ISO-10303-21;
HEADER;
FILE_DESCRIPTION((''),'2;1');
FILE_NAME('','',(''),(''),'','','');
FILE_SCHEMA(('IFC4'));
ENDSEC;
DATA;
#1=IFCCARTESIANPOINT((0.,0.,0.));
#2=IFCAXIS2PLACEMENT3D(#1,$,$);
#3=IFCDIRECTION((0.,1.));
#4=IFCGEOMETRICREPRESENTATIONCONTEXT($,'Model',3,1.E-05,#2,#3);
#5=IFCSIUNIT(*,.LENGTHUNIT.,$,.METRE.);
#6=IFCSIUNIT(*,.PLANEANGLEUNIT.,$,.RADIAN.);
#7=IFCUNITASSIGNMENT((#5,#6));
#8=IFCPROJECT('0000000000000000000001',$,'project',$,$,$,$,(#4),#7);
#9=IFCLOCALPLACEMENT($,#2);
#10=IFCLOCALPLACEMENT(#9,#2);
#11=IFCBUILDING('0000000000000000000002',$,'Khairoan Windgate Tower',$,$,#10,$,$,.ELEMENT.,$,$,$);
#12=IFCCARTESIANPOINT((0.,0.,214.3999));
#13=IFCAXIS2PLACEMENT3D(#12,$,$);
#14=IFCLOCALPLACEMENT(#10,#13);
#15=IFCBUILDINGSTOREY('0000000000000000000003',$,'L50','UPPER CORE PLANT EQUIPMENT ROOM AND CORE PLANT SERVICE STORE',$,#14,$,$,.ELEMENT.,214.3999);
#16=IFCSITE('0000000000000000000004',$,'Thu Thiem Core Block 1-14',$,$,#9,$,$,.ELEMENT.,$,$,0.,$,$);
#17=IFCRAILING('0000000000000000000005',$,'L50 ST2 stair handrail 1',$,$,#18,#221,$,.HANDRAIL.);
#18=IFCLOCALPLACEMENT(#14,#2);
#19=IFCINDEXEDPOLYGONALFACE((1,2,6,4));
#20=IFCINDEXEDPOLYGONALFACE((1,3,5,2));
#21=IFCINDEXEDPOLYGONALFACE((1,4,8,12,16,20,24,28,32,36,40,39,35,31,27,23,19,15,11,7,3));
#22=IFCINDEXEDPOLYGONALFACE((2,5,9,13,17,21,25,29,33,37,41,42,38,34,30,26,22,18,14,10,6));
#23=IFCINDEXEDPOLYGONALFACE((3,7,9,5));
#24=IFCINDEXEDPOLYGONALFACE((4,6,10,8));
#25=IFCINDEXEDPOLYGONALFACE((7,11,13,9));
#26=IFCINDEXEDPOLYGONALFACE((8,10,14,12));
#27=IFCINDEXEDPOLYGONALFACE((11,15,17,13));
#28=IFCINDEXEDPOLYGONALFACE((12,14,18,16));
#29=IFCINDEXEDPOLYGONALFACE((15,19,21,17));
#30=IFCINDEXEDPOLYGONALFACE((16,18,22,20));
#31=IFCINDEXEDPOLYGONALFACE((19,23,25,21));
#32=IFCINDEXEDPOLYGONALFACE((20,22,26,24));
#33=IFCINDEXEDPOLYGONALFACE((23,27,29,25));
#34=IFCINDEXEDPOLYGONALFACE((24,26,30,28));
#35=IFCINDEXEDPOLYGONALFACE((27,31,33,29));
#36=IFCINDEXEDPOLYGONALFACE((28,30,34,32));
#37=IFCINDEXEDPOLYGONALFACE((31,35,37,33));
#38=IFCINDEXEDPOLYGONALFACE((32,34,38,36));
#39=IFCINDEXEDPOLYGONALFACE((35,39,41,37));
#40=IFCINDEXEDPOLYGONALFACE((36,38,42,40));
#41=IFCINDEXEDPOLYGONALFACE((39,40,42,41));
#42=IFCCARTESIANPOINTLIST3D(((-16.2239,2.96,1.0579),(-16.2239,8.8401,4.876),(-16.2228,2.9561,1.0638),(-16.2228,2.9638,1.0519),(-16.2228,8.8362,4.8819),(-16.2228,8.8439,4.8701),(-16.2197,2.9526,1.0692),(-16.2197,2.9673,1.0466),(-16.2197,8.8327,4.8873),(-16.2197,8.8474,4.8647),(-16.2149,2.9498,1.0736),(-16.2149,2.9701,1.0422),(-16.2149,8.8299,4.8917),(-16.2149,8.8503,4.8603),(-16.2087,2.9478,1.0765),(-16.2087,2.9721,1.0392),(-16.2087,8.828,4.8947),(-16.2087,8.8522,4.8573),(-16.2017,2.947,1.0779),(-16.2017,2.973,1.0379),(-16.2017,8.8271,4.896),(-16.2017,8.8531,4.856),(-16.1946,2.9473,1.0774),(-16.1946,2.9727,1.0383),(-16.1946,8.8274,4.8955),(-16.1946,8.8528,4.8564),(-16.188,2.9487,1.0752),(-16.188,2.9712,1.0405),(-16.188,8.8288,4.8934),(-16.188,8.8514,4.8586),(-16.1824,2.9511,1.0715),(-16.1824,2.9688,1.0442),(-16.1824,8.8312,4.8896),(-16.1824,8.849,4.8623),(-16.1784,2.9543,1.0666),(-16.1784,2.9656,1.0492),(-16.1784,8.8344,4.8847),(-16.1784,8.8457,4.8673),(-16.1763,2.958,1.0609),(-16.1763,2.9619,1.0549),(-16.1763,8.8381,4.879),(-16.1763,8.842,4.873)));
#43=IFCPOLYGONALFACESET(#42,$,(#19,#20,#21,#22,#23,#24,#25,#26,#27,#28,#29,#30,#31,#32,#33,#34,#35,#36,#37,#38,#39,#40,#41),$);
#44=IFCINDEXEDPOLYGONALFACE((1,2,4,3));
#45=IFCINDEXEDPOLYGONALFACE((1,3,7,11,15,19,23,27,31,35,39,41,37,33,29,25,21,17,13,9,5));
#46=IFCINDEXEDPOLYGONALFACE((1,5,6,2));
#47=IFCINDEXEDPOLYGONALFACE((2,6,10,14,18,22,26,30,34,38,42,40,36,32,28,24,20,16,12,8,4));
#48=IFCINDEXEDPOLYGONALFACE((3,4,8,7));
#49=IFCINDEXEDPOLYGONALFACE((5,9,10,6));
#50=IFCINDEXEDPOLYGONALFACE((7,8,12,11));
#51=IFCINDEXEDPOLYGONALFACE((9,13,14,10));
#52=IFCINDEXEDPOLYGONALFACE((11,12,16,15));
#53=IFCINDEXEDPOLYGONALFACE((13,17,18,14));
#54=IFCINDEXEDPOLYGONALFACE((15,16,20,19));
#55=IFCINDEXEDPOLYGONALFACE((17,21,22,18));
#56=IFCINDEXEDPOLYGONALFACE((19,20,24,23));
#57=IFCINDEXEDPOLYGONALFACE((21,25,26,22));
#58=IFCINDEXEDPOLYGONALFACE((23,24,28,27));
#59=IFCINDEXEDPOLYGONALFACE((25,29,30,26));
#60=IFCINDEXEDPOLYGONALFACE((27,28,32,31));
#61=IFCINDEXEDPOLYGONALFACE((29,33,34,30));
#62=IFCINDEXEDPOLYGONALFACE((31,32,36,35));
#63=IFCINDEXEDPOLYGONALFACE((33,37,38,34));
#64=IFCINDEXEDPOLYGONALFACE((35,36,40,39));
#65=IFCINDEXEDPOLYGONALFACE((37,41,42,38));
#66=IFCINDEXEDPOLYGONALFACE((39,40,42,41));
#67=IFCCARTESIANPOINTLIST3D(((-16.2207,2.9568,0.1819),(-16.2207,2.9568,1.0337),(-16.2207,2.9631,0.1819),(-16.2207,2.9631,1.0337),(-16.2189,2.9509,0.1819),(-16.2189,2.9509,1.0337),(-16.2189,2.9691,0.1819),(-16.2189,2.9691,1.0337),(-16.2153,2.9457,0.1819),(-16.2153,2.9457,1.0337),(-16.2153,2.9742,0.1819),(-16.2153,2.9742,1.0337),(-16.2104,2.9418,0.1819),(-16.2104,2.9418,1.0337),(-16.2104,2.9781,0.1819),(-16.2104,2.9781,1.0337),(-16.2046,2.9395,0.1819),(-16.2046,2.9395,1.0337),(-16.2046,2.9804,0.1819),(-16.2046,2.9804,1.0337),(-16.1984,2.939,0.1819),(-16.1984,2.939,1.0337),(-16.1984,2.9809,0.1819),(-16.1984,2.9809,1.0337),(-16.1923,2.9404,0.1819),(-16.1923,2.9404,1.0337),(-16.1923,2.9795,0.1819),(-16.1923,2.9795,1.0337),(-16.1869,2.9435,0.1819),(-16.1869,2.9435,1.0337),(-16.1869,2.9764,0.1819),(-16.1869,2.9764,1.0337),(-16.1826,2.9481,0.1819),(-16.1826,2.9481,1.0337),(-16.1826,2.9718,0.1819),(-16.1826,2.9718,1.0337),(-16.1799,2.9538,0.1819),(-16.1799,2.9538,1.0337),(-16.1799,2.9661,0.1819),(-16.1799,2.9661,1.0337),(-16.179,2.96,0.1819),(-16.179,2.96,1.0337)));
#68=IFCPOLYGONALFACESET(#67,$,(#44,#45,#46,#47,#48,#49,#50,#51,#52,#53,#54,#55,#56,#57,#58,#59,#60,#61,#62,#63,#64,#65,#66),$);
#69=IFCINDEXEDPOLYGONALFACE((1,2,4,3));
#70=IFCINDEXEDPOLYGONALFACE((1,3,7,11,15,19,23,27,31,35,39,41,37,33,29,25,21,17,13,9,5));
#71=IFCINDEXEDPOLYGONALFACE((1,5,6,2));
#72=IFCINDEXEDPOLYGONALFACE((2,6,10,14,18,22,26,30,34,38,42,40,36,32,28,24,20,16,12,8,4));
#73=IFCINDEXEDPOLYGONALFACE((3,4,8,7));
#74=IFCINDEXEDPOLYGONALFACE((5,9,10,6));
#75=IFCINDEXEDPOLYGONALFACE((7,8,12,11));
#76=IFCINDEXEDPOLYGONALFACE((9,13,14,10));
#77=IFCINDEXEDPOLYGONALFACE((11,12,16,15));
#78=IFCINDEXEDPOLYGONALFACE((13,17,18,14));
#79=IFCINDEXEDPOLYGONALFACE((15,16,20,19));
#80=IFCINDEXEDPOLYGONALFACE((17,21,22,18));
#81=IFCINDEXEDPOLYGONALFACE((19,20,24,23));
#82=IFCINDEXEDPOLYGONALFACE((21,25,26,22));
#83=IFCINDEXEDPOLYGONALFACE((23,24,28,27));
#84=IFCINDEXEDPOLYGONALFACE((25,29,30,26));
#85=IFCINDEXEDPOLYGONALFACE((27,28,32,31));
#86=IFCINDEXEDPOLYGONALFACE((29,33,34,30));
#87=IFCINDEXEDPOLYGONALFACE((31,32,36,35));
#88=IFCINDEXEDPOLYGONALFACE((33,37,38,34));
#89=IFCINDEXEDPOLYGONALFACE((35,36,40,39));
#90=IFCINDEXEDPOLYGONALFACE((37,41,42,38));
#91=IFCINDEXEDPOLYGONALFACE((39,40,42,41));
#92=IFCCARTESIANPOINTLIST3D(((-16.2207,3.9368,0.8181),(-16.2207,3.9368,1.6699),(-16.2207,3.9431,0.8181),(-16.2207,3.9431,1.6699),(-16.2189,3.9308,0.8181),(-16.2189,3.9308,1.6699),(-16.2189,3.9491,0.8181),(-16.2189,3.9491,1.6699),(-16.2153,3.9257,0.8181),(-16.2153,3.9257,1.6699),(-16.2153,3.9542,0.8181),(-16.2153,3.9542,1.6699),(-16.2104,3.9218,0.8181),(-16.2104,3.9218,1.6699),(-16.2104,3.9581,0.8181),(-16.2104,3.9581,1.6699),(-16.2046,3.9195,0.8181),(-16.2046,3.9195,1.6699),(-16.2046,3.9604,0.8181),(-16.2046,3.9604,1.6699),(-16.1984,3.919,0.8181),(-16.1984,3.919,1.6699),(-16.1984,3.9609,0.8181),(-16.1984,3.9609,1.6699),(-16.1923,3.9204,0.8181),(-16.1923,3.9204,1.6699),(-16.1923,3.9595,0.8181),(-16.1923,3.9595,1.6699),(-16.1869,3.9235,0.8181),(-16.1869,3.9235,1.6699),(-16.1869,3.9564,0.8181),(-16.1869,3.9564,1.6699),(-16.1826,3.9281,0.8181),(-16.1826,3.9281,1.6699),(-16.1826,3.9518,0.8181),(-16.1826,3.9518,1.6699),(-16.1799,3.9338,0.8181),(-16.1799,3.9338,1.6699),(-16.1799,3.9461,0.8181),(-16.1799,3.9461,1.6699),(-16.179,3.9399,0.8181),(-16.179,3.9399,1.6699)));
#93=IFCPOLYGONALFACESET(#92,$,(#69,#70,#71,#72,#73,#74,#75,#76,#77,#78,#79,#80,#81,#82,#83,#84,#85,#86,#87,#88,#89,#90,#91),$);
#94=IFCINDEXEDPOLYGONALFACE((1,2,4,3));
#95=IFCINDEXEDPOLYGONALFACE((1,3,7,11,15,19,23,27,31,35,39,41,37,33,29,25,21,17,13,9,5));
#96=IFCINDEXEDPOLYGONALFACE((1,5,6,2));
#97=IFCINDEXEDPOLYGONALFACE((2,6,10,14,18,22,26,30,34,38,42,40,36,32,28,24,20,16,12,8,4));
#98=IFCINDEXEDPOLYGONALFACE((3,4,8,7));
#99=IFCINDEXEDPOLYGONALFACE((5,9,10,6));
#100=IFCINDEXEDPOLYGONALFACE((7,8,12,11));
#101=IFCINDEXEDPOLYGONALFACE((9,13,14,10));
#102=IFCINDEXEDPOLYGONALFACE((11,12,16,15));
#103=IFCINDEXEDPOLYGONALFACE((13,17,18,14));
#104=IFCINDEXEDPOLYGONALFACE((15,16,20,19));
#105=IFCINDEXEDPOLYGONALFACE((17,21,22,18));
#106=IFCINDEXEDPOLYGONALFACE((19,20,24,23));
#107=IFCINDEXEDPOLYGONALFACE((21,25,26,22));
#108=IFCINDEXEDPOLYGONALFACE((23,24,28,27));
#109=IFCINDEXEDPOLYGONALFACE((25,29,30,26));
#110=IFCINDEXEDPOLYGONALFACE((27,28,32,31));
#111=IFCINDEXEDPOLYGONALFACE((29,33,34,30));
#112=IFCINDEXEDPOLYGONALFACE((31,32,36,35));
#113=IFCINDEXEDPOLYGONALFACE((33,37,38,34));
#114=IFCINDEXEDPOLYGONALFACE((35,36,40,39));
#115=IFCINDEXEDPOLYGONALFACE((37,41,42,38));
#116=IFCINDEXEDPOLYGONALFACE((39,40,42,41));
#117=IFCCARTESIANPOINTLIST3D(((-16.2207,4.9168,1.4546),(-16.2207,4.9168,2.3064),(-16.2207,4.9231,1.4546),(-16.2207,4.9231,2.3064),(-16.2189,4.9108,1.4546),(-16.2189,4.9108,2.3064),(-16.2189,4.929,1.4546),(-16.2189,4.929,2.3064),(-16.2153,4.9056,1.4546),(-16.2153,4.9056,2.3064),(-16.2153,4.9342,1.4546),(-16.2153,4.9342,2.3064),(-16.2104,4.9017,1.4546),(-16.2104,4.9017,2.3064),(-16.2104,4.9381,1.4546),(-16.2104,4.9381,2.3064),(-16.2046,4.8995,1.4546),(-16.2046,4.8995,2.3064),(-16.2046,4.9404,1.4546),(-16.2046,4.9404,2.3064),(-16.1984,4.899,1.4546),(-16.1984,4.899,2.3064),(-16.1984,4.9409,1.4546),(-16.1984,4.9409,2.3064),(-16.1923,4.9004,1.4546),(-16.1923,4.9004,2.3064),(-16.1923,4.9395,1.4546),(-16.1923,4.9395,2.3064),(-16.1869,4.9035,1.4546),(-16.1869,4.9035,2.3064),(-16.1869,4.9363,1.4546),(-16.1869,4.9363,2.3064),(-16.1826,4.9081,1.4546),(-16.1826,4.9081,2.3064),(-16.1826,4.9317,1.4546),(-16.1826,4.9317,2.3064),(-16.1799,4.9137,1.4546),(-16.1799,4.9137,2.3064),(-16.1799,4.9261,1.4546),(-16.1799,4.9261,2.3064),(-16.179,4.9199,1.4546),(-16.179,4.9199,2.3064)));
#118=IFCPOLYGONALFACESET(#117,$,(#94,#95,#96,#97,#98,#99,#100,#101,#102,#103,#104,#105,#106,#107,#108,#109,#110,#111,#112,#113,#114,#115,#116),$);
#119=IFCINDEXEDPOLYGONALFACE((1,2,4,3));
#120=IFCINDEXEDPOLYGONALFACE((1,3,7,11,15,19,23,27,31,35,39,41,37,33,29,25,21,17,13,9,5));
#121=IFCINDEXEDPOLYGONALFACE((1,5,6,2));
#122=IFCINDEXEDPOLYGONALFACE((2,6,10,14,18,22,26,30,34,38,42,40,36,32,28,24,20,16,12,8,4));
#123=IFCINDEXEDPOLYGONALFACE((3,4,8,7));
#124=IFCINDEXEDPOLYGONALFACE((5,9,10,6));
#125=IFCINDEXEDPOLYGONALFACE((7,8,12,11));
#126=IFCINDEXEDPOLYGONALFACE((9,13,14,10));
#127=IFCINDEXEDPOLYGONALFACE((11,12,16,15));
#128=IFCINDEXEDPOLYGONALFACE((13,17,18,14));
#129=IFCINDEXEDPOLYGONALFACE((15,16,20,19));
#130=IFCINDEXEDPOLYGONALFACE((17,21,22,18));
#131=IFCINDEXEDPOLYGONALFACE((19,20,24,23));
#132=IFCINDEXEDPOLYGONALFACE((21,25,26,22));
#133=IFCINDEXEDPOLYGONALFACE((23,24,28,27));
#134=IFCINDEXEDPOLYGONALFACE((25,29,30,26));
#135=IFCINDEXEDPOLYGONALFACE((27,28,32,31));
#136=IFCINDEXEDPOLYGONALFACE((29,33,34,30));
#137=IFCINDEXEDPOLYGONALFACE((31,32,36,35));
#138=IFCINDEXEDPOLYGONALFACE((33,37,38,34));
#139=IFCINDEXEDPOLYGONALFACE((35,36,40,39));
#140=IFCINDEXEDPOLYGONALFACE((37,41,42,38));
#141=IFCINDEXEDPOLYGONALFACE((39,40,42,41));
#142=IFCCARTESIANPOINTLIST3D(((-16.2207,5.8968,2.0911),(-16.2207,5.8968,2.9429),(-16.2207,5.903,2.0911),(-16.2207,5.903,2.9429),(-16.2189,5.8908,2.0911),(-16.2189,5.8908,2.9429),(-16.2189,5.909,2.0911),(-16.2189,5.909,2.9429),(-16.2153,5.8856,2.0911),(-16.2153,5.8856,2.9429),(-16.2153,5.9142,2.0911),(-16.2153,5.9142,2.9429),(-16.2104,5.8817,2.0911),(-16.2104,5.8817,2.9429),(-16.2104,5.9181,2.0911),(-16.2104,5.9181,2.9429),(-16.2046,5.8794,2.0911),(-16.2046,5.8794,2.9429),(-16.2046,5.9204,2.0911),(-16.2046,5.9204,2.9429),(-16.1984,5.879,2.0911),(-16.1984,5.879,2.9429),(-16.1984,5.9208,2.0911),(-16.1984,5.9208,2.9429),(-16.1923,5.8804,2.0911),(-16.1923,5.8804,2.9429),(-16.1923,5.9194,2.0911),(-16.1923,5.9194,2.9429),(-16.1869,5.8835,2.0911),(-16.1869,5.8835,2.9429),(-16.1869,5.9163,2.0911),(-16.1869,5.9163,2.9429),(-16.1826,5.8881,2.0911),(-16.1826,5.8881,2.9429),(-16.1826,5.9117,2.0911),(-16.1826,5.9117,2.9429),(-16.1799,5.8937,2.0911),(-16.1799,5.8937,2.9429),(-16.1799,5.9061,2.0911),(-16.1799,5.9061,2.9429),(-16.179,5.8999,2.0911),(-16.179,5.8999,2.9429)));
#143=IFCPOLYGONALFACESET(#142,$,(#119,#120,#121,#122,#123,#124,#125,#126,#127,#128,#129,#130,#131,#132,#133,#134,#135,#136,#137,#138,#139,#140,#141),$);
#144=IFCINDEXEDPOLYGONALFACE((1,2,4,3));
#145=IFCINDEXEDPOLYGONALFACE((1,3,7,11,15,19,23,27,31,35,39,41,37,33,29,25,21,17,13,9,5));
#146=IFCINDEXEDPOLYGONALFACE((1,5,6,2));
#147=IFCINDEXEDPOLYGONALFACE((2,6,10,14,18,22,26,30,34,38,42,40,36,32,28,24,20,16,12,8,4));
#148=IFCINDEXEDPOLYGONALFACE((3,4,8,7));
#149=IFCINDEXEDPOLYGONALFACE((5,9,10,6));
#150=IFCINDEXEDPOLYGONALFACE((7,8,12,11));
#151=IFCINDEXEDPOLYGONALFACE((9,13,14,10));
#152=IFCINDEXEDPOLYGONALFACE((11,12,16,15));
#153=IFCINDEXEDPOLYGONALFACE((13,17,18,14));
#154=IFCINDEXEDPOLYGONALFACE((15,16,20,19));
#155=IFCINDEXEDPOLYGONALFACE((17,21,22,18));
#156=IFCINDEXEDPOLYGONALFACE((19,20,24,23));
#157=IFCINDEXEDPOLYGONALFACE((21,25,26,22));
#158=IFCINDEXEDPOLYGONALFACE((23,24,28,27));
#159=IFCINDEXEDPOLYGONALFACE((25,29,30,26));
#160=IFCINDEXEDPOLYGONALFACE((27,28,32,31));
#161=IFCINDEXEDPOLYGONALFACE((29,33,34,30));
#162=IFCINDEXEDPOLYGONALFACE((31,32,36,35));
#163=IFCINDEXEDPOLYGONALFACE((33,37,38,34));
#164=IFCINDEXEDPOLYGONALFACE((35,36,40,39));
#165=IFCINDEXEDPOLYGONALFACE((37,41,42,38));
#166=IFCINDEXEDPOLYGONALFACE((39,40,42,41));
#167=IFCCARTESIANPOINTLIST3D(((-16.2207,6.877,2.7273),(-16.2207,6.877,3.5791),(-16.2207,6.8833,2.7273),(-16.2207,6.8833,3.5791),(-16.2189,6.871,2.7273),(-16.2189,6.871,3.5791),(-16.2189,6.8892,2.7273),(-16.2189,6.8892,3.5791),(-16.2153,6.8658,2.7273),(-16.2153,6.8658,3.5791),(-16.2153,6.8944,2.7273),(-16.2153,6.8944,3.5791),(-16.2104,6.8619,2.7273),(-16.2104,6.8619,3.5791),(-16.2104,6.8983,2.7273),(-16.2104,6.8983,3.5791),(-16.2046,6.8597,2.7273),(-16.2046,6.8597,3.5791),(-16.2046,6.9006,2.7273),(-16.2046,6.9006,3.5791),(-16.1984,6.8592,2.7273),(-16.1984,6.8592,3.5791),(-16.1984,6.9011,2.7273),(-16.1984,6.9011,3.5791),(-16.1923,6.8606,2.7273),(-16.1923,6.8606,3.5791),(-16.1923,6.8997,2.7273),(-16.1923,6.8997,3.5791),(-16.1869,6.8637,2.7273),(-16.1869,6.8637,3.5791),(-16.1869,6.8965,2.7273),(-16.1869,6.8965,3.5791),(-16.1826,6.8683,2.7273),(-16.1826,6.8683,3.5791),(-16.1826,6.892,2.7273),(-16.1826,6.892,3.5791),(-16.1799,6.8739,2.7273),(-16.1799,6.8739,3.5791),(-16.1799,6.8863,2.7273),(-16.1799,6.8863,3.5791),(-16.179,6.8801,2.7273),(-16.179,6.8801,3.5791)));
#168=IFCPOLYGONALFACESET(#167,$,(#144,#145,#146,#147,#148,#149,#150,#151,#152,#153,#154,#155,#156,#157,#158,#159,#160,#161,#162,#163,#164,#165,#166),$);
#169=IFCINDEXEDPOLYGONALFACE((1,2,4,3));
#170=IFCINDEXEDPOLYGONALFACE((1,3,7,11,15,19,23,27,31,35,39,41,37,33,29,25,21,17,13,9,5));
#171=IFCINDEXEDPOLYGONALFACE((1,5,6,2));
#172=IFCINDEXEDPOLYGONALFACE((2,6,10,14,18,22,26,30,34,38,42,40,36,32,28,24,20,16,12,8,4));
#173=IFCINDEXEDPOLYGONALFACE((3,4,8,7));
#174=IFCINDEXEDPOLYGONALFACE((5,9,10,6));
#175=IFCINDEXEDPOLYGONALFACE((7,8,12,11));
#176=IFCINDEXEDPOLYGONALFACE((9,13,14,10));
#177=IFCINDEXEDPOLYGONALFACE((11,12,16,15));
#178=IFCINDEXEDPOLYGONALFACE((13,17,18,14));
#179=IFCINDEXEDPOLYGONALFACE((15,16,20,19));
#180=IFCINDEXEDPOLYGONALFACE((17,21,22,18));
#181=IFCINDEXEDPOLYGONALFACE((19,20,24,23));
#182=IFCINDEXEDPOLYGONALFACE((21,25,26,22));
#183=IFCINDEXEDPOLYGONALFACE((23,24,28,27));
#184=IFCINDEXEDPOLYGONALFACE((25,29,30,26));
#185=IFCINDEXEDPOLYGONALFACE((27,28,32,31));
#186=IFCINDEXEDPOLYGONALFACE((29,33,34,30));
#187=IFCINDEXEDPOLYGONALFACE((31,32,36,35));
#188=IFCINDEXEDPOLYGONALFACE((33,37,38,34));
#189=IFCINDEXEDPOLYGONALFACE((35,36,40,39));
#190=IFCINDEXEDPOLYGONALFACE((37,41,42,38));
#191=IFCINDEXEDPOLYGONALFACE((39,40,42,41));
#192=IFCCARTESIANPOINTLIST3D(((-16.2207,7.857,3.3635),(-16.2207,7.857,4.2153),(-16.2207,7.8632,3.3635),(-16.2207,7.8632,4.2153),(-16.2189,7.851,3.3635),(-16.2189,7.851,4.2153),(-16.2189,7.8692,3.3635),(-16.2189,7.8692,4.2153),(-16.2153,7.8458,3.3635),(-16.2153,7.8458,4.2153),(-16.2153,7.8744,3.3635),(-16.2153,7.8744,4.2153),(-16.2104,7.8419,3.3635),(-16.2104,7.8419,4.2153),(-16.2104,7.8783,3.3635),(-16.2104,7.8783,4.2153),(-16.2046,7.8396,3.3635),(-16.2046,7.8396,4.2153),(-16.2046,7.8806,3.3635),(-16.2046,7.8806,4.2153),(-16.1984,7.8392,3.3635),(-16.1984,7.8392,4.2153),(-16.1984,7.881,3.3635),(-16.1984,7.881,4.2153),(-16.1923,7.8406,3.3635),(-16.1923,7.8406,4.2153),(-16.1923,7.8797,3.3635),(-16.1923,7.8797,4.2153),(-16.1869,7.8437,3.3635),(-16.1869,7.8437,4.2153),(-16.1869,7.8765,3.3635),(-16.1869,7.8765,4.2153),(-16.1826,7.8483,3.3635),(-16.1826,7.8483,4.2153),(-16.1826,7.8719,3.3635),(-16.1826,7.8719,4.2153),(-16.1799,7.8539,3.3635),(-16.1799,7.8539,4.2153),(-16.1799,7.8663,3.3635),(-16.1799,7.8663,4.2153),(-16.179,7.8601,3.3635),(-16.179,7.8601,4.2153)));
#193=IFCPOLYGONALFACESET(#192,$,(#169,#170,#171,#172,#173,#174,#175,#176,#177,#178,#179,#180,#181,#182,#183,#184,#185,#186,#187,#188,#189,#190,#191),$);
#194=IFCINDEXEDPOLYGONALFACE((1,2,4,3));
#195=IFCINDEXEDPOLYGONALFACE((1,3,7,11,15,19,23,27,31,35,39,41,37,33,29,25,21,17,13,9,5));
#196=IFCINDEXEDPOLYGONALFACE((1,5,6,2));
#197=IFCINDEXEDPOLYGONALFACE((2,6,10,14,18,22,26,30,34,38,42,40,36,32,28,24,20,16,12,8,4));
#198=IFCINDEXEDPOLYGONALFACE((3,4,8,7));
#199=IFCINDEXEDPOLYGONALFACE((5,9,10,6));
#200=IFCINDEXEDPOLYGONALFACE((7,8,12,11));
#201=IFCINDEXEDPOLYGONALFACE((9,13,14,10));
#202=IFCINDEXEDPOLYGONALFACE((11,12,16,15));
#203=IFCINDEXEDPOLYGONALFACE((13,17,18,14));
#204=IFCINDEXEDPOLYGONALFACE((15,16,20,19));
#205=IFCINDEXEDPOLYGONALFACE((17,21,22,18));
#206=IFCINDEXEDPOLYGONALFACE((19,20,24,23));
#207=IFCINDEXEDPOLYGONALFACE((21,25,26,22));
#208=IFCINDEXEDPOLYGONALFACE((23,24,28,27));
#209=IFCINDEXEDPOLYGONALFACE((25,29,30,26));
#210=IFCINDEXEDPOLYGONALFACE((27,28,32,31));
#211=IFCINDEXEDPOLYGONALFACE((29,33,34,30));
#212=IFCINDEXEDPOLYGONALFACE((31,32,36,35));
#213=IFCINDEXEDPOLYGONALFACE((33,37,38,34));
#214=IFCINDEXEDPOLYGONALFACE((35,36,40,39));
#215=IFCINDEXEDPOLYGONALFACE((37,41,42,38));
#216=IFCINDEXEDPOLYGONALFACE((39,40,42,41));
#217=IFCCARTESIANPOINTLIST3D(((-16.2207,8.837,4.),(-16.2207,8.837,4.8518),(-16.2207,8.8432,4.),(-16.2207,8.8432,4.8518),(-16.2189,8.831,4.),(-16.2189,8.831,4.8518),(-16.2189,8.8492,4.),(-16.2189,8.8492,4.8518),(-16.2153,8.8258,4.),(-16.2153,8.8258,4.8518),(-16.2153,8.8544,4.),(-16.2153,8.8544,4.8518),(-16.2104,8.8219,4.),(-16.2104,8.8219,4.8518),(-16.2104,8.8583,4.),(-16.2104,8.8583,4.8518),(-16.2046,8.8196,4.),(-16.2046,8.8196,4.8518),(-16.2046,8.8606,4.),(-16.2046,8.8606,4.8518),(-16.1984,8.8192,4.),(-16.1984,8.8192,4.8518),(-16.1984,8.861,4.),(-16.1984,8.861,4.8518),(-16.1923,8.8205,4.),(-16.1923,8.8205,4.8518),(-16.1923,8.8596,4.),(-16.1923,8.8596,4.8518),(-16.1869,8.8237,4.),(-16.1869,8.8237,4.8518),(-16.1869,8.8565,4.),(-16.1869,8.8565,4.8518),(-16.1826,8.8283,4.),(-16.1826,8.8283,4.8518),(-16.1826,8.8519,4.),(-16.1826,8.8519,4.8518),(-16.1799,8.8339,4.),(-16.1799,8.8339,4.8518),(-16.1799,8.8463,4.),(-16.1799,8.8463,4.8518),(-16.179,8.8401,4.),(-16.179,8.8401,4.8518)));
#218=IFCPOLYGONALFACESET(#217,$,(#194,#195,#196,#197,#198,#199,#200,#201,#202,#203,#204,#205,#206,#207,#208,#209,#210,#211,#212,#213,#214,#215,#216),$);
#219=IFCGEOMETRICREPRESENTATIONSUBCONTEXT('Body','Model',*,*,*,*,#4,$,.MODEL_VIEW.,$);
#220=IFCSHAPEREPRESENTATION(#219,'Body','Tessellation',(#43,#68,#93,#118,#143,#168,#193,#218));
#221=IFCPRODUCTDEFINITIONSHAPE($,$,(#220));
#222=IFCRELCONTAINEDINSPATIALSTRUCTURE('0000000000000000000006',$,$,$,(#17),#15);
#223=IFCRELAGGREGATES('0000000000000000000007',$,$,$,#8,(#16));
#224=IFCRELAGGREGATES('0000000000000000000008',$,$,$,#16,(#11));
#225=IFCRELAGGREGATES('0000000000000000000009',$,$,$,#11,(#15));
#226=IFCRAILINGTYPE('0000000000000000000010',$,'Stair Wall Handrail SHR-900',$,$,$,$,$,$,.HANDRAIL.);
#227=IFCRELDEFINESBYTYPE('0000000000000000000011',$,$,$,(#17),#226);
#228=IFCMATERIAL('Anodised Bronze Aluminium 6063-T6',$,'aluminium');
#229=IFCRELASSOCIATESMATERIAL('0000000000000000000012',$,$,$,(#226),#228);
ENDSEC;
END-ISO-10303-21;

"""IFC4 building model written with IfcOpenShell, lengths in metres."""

from ifc_helpers import new_model, si_unit, direction, frame, origin, origin_2d, place, context, subcontext, project, spatial, circle, extrude, material, type_object, element, save


model = new_model("IFC4")

# Units and contexts
model_context = context("Model", 3, precision=1e-05, world=origin(), true_north=direction((0.0, 1.0)))
body_context = subcontext(model_context, "Body", "Model", "MODEL_VIEW")
ifc_project = project(units=[si_unit("LENGTHUNIT", "METRE"), si_unit("PLANEANGLEUNIT", "RADIAN")], contexts=[model_context])

# Site, building, storey
site_placement = place(None, origin())
site = spatial("IfcSite", under=ifc_project, at=site_placement, Name="Thu Thiem Core Block 1-14", CompositionType="ELEMENT", RefElevation=0.0)
building_placement = place(site_placement, origin())
building = spatial("IfcBuilding", under=site, at=building_placement, Name="Khairoan Windgate Tower", CompositionType="ELEMENT")
storey_placement = place(building_placement, frame((0.0, 0.0, 214.3999)))
storey = spatial("IfcBuildingStorey", under=building, at=storey_placement, Name="L50", Description="UPPER CORE PLANT EQUIPMENT ROOM AND CORE PLANT SERVICE STORE", CompositionType="ELEMENT", Elevation=214.3999)

# Railing
ifc_material_1 = material(Name="Anodised Bronze Aluminium 6063-T6", Category="aluminium")
railing_type_1 = type_object("IfcRailingType", Name="Stair Wall Handrail SHR-900", PredefinedType="HANDRAIL", material=ifc_material_1)
railing_1_placement = place(storey_placement, frame((-16.2, 2.96, 0.1819)))
element("IfcRailing", 1, at=railing_1_placement, inside=storey, type_object=railing_type_1, Name="L50 ST2 stair handrail 1", PredefinedType="HANDRAIL", context=body_context, shape_type="SweptSolid", body=[
    extrude(circle(Radius=0.0239, at=origin_2d()), frame((0.0, 0.0, 0.876), z_axis=(0.0, 0.838702, 0.54459), x_axis=(-1.0, 0.0, 0.0)), (0.0, 0.0, 1.0), 7.011),
    extrude(circle(Radius=0.021, at=origin_2d()), origin(), (0.0, 0.0, 1.0), 0.8518),
    extrude(circle(Radius=0.021, at=origin_2d()), frame((0.0, 0.98, 0.6362)), (0.0, 0.0, 1.0), 0.8518),
    extrude(circle(Radius=0.021, at=origin_2d()), frame((0.0, 1.96, 1.2727)), (0.0, 0.0, 1.0), 0.8518),
    extrude(circle(Radius=0.021, at=origin_2d()), frame((0.0, 2.9399, 1.9092)), (0.0, 0.0, 1.0), 0.8518),
    extrude(circle(Radius=0.021, at=origin_2d()), frame((0.0, 3.9202, 2.5454)), (0.0, 0.0, 1.0), 0.8518),
    extrude(circle(Radius=0.021, at=origin_2d()), frame((0.0, 4.9001, 3.1816)), (0.0, 0.0, 1.0), 0.8518),
    extrude(circle(Radius=0.021, at=origin_2d()), frame((0.0, 5.8801, 3.8181)), (0.0, 0.0, 1.0), 0.8518),
])

save(model, "model.ifc")
